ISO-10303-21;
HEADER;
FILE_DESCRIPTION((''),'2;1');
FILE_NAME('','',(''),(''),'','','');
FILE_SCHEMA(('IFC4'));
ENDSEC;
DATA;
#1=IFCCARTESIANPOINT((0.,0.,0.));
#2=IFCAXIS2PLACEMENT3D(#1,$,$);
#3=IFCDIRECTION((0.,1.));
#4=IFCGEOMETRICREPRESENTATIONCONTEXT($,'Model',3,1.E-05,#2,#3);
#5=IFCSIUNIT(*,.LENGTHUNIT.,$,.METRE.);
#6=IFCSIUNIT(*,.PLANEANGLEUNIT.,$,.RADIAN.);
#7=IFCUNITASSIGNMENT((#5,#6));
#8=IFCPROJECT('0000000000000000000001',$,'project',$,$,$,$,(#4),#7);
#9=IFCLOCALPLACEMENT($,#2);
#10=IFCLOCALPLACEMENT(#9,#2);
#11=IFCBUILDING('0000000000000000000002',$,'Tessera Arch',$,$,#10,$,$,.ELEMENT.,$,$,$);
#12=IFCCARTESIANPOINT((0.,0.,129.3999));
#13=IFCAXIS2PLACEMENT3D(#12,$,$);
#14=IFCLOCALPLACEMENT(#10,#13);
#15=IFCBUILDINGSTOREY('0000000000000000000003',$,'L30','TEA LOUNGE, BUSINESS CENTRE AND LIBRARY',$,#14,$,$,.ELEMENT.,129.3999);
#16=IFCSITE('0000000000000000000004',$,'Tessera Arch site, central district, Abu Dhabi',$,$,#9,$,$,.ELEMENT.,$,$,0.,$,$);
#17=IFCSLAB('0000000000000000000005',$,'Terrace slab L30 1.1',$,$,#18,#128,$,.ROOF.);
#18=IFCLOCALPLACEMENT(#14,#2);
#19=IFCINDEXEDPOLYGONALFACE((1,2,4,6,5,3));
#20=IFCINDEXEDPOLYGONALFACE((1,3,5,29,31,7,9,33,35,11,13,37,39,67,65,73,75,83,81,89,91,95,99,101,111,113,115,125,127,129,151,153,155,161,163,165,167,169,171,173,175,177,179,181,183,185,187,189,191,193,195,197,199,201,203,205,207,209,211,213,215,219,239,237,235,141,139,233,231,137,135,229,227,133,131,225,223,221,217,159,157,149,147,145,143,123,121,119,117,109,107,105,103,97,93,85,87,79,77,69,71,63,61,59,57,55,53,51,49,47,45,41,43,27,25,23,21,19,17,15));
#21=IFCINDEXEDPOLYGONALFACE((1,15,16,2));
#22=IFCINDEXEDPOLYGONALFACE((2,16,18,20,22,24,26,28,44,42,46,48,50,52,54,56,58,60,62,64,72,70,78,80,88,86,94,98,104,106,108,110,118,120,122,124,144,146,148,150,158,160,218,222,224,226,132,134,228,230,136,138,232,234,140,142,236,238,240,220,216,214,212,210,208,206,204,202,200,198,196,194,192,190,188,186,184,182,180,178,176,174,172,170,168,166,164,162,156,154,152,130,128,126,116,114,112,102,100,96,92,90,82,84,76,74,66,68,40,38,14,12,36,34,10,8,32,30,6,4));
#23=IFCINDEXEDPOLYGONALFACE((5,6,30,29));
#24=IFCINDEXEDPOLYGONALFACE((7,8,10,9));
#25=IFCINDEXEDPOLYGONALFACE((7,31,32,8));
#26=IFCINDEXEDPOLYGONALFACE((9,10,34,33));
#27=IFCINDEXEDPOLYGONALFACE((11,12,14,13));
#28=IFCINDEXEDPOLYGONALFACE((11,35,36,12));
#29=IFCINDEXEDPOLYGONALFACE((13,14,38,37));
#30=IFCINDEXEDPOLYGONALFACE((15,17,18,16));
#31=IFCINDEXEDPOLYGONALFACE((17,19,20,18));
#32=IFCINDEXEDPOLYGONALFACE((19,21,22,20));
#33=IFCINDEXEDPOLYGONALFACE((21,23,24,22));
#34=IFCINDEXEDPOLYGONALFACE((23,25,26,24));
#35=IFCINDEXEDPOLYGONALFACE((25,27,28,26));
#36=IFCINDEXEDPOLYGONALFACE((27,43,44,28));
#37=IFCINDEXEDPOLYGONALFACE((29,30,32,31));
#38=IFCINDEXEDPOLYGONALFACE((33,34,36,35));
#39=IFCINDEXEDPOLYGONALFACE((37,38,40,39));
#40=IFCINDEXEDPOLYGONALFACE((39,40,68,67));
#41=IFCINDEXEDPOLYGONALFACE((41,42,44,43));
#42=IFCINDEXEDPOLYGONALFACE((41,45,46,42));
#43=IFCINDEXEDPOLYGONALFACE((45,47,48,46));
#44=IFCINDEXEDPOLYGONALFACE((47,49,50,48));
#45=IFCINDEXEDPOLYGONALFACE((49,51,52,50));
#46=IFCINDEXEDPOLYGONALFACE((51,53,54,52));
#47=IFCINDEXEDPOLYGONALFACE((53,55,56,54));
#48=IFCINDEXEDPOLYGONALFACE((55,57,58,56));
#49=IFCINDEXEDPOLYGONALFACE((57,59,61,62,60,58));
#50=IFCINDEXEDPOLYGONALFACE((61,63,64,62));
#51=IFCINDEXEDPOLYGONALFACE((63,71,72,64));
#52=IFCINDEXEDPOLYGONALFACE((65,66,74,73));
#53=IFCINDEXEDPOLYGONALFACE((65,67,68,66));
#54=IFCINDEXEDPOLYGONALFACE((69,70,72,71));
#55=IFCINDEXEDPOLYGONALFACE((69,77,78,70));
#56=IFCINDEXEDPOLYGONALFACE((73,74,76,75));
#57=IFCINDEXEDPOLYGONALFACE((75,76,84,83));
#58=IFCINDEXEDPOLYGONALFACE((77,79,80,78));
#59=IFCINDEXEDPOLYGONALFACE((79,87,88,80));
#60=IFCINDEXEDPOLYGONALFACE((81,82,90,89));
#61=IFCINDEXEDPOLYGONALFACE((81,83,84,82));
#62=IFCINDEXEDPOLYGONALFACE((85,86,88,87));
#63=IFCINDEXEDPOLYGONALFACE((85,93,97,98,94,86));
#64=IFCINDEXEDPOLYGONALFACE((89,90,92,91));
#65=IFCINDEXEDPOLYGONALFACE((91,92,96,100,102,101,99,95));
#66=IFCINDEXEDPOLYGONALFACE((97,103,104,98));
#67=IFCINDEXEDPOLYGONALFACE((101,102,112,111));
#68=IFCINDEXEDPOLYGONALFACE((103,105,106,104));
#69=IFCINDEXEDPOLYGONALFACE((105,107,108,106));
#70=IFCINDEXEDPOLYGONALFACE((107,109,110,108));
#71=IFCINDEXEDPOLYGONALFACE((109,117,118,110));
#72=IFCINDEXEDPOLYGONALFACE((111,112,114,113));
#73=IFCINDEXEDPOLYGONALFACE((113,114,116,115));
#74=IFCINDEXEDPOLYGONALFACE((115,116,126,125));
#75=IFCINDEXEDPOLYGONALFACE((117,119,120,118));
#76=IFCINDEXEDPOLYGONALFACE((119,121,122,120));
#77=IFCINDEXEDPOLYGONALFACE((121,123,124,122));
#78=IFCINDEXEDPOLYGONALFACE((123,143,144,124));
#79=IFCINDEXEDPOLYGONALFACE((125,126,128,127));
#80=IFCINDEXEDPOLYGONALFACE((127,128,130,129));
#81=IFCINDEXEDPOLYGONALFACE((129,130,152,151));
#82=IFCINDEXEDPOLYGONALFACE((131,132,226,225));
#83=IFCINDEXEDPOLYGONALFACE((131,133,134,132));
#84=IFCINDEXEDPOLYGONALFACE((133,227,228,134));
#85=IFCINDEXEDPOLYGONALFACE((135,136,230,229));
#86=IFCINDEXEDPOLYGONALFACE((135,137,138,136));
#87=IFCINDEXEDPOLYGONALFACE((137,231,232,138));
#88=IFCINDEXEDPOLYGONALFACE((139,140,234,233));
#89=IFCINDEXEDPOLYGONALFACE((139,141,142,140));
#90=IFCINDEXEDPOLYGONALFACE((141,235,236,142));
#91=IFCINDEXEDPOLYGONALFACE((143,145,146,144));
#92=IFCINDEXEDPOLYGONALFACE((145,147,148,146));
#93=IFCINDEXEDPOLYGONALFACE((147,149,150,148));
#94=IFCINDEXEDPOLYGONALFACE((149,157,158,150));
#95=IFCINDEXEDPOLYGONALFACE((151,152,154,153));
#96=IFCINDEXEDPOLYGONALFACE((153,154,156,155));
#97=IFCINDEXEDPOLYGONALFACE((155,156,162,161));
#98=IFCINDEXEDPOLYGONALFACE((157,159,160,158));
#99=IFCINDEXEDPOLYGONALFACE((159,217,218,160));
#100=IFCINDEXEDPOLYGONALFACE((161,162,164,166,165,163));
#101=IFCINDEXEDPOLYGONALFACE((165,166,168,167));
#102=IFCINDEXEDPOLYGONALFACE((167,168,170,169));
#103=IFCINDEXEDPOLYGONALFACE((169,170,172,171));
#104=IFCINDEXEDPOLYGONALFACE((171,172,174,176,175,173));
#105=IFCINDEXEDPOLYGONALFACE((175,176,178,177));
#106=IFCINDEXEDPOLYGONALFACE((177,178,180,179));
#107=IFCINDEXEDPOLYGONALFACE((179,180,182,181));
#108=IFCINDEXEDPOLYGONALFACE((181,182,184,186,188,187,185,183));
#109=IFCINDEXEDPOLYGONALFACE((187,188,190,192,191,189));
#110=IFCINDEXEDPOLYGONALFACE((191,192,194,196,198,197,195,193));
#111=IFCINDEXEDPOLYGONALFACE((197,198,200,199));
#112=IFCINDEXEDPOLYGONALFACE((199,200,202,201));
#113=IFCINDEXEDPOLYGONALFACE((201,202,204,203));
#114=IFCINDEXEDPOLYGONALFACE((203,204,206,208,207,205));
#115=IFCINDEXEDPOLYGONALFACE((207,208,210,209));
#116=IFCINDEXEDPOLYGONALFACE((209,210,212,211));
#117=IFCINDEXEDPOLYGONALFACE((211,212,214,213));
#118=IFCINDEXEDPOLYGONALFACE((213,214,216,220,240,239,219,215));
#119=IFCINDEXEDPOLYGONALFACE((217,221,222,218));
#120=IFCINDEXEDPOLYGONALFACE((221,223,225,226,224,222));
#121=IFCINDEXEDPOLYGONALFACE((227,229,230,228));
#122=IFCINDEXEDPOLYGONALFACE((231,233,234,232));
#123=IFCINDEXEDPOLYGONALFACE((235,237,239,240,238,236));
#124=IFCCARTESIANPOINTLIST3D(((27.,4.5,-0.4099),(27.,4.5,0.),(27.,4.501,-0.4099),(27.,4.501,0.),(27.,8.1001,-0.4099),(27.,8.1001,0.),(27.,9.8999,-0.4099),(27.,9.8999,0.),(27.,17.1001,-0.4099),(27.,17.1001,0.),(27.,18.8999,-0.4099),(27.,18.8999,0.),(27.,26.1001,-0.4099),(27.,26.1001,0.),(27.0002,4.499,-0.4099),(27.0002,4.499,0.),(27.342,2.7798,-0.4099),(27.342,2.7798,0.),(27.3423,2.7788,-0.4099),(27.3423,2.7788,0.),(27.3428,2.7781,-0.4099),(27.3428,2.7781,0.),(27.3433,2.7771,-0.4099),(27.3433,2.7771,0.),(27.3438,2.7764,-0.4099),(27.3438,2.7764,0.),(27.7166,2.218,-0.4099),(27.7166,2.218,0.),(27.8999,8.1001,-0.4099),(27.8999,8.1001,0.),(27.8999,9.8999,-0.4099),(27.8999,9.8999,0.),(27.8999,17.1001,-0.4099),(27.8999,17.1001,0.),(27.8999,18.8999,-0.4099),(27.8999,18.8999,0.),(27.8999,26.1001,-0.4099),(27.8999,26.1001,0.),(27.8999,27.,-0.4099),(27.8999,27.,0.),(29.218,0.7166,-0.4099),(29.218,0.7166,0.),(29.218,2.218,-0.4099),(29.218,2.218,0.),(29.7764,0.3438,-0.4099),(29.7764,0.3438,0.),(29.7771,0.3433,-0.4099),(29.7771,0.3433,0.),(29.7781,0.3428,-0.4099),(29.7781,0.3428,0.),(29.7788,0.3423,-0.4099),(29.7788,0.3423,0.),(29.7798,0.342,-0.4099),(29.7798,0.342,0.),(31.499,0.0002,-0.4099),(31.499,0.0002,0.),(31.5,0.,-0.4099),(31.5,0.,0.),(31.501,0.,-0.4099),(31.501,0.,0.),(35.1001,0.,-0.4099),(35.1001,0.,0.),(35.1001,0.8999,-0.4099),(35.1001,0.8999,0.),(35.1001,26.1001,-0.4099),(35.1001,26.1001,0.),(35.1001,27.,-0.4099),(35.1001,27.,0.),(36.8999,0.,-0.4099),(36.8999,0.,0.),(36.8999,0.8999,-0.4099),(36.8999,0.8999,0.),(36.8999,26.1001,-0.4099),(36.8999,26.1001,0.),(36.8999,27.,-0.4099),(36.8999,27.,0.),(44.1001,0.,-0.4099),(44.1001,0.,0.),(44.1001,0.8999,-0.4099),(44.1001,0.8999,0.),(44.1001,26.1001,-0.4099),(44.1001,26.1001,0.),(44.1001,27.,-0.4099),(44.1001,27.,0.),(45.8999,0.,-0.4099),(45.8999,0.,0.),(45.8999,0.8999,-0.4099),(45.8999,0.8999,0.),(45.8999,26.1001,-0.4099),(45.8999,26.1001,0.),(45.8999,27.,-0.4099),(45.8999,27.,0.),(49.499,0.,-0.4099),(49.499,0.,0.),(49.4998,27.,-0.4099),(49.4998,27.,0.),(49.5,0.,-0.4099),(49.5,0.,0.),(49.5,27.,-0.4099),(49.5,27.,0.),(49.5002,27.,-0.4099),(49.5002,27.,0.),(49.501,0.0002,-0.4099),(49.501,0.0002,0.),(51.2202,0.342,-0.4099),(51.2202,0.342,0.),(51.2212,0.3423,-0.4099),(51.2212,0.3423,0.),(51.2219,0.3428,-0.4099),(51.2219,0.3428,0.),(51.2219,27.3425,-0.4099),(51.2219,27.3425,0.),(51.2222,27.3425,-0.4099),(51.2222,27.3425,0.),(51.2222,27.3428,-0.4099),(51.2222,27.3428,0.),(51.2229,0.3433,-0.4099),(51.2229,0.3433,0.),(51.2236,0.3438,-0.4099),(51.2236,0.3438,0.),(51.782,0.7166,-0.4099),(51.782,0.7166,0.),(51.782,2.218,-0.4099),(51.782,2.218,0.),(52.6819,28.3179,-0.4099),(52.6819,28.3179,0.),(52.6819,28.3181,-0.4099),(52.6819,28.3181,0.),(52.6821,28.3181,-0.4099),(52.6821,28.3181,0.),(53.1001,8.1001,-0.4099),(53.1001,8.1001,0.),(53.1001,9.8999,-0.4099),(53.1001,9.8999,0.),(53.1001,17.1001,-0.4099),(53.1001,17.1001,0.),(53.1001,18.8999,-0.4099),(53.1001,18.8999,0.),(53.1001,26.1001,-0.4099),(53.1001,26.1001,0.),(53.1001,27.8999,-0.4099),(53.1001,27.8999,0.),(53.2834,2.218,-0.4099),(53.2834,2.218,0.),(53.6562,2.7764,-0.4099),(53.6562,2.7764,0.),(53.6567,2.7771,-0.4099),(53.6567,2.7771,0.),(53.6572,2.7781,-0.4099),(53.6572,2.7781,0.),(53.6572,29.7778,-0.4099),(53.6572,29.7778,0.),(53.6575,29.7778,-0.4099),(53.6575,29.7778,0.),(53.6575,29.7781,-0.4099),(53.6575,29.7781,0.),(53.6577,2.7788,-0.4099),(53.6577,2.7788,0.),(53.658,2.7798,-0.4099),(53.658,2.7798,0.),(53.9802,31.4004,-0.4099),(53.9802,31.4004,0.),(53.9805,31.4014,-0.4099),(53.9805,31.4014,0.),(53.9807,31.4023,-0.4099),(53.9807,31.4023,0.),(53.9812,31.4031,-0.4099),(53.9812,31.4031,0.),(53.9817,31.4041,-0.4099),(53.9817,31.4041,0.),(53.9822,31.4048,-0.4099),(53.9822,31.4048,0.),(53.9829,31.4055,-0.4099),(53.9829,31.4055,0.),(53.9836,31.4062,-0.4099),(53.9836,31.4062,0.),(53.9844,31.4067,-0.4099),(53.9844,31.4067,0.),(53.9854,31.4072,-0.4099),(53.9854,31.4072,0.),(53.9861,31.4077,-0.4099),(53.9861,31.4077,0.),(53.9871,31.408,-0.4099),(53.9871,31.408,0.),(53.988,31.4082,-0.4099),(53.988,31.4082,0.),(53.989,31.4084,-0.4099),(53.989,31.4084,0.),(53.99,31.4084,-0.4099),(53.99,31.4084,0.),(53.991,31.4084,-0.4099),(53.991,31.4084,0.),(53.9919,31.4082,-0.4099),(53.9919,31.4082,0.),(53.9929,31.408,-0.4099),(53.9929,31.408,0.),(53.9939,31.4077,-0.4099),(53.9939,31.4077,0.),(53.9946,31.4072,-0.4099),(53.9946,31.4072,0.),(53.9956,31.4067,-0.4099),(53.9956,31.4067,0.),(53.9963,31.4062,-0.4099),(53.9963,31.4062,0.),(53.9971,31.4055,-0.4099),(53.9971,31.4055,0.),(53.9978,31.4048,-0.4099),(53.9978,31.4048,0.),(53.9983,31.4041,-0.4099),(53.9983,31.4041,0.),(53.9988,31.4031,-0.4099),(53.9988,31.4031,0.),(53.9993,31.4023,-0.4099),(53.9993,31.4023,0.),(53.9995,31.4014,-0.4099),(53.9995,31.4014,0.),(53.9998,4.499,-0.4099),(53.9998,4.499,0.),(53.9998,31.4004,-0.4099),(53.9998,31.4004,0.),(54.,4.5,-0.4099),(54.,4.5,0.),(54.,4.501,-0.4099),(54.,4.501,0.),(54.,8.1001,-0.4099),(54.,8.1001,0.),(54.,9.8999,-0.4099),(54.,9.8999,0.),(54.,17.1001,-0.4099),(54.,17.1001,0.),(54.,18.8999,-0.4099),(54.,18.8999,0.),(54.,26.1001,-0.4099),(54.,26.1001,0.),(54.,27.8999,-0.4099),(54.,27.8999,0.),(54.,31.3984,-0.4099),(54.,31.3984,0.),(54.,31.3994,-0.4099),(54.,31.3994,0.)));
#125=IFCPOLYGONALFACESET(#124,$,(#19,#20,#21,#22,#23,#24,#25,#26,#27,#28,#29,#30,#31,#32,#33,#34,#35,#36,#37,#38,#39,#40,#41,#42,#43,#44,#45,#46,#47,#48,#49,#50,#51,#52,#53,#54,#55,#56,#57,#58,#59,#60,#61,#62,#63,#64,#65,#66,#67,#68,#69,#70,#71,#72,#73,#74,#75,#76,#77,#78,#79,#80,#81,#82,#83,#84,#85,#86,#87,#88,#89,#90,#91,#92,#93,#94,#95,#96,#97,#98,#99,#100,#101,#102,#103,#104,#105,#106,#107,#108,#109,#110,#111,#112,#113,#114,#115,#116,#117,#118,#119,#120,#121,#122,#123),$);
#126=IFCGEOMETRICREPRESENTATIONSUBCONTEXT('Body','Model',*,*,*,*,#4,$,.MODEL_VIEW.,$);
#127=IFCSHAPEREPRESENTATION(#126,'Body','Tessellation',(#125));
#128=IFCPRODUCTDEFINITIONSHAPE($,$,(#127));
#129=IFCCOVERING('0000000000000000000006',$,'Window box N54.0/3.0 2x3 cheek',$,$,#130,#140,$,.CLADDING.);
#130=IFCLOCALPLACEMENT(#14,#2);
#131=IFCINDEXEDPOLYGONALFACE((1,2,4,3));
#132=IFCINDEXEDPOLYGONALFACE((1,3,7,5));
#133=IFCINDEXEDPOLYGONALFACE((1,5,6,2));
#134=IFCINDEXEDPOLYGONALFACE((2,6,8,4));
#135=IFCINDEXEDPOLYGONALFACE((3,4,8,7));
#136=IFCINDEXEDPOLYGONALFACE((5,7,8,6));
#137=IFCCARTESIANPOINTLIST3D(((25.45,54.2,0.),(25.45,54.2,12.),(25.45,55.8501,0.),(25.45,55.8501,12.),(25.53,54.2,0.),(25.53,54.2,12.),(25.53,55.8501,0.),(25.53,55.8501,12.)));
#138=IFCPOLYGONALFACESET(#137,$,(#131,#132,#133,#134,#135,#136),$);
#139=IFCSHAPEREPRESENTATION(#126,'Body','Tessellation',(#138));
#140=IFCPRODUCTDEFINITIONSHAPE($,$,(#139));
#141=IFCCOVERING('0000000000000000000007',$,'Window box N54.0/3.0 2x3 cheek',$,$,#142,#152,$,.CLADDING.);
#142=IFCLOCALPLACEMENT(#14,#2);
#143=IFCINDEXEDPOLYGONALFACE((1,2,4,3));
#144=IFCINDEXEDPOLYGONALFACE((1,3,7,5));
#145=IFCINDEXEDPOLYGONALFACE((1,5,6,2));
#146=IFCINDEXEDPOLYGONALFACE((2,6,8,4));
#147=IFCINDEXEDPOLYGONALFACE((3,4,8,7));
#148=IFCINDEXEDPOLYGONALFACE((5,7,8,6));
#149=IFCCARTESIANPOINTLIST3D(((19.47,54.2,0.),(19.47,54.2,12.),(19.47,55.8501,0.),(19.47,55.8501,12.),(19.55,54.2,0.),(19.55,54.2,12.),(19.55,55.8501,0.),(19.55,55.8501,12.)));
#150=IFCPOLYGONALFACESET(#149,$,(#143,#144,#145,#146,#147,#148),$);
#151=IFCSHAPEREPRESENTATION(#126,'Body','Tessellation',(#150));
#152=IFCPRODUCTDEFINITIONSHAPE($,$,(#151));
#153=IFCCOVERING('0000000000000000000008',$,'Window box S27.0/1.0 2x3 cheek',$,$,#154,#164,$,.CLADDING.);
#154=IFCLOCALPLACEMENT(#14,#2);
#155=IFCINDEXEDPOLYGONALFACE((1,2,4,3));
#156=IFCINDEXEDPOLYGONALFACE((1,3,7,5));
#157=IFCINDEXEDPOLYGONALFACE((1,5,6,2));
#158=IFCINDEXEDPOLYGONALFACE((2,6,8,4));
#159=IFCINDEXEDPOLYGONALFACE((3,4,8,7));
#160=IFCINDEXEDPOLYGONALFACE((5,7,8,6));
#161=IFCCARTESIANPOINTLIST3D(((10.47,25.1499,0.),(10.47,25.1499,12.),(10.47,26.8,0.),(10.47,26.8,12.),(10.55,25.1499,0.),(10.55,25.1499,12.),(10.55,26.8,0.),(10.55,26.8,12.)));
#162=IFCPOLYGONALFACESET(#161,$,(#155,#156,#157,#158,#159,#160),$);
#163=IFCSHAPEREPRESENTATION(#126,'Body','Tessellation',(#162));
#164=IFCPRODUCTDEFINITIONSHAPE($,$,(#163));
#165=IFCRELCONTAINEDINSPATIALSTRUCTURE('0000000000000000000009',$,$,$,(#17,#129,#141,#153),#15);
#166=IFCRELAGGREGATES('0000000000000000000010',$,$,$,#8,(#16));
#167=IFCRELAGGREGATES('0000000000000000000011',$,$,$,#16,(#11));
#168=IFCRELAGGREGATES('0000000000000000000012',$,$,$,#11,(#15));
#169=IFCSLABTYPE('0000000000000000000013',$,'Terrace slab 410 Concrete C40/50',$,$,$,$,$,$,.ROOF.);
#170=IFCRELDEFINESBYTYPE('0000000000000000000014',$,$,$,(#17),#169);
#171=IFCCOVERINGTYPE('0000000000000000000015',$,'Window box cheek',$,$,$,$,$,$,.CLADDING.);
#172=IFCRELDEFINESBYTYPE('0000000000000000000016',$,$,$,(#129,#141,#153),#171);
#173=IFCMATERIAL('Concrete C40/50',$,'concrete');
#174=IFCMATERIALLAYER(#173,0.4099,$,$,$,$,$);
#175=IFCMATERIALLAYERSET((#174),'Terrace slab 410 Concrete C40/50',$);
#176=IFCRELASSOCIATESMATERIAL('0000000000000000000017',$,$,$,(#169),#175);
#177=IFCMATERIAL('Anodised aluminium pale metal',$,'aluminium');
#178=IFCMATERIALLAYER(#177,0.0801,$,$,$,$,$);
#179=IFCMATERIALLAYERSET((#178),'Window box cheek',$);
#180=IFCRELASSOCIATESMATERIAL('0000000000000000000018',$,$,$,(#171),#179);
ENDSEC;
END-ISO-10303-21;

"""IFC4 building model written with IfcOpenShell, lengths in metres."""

from ifc_helpers import new_model, si_unit, direction, frame, origin, place, context, subcontext, project, spatial, polyline, outline, extrude, material, layer, layer_set, type_object, element, save


model = new_model("IFC4")

# Units and contexts
model_context = context("Model", 3, precision=1e-05, world=origin(), true_north=direction((0.0, 1.0)))
body_context = subcontext(model_context, "Body", "Model", "MODEL_VIEW")
ifc_project = project(units=[si_unit("LENGTHUNIT", "METRE"), si_unit("PLANEANGLEUNIT", "RADIAN")], contexts=[model_context])

# Site, building, storey
site_placement = place(None, origin())
site = spatial("IfcSite", under=ifc_project, at=site_placement, Name="Tessera Arch site, central district, Abu Dhabi", CompositionType="ELEMENT", RefElevation=0.0)
building_placement = place(site_placement, origin())
building = spatial("IfcBuilding", under=site, at=building_placement, Name="Tessera Arch", CompositionType="ELEMENT")
storey_placement = place(building_placement, frame((0.0, 0.0, 129.3999)))
storey = spatial("IfcBuildingStorey", under=building, at=storey_placement, Name="L30", Description="TEA LOUNGE, BUSINESS CENTRE AND LIBRARY", CompositionType="ELEMENT", Elevation=129.3999)

# Slab
ifc_material_1 = material(Name="Concrete C40/50", Category="concrete")
ifc_layer_1 = layer(ifc_material_1, 0.4099)
ifc_layer_set_1 = layer_set([ifc_layer_1], Name="Terrace slab 410 Concrete C40/50")
slab_type_1 = type_object("IfcSlabType", Name="Terrace slab 410 Concrete C40/50", PredefinedType="ROOF", material=ifc_layer_set_1)
slab_1_placement = place(storey_placement, frame((0.0, 0.0, -0.4099)))
element("IfcSlab", 1, at=slab_1_placement, inside=storey, type_object=slab_type_1, Name="Terrace slab L30 1.1", PredefinedType="ROOF", context=body_context, shape_type="SweptSolid", body=[
    extrude(outline(polyline([(51.2222, 27.3428), (52.6819, 28.3179), (52.6819, 28.3181), (52.6821, 28.3181), (53.6572, 29.7778), (53.6575, 29.7778), (53.6575, 29.7781), (53.9802, 31.4004), (53.9805, 31.4014), (53.9807, 31.4023), (53.9812, 31.4031), (53.9817, 31.4041), (53.9822, 31.4048), (53.9829, 31.4055), (53.9836, 31.4062), (53.9844, 31.4067), (53.9854, 31.4072), (53.9861, 31.4077), (53.9871, 31.408), (53.988, 31.4082), (53.989, 31.4084), (53.99, 31.4084), (53.991, 31.4084), (53.9919, 31.4082), (53.9929, 31.408), (53.9939, 31.4077), (53.9946, 31.4072), (53.9956, 31.4067), (53.9963, 31.4062), (53.9971, 31.4055), (53.9978, 31.4048), (53.9983, 31.4041), (53.9988, 31.4031), (53.9993, 31.4023), (53.9995, 31.4014), (53.9998, 31.4004), (54.0, 31.3994), (54.0, 31.3984), (54.0, 27.8999), (53.1001, 27.8999), (53.1001, 26.1001), (54.0, 26.1001), (54.0, 18.8999), (53.1001, 18.8999), (53.1001, 17.1001), (54.0, 17.1001), (54.0, 9.8999), (53.1001, 9.8999), (53.1001, 8.1001), (54.0, 8.1001), (54.0, 4.501), (54.0, 4.5), (53.9998, 4.499), (53.658, 2.7798), (53.6577, 2.7788), (53.6572, 2.7781), (53.6567, 2.7771), (53.6562, 2.7764), (53.2834, 2.218), (51.782, 2.218), (51.782, 0.7166), (51.2236, 0.3438), (51.2229, 0.3433), (51.2219, 0.3428), (51.2212, 0.3423), (51.2202, 0.342), (49.501, 0.0002), (49.5, 0.0), (49.499, 0.0), (45.8999, 0.0), (45.8999, 0.8999), (44.1001, 0.8999), (44.1001, 0.0), (36.8999, 0.0), (36.8999, 0.8999), (35.1001, 0.8999), (35.1001, 0.0), (31.501, 0.0), (31.5, 0.0), (31.499, 0.0002), (29.7798, 0.342), (29.7788, 0.3423), (29.7781, 0.3428), (29.7771, 0.3433), (29.7764, 0.3438), (29.218, 0.7166), (29.218, 2.218), (27.7166, 2.218), (27.3438, 2.7764), (27.3433, 2.7771), (27.3428, 2.7781), (27.3423, 2.7788), (27.342, 2.7798), (27.0002, 4.499), (27.0, 4.5), (27.0, 4.501), (27.0, 8.1001), (27.8999, 8.1001), (27.8999, 9.8999), (27.0, 9.8999), (27.0, 17.1001), (27.8999, 17.1001), (27.8999, 18.8999), (27.0, 18.8999), (27.0, 26.1001), (27.8999, 26.1001), (27.8999, 27.0), (35.1001, 27.0), (35.1001, 26.1001), (36.8999, 26.1001), (36.8999, 27.0), (44.1001, 27.0), (44.1001, 26.1001), (45.8999, 26.1001), (45.8999, 27.0), (49.4998, 27.0), (49.5, 27.0), (49.5002, 27.0), (51.2219, 27.3425), (51.2222, 27.3425), (51.2222, 27.3428)])), origin(), (0.0, 0.0, 1.0), 0.4099),
])

# Coverings
ifc_material_2 = material(Name="Anodised aluminium pale metal", Category="aluminium")
ifc_layer_2 = layer(ifc_material_2, 0.0801)
ifc_layer_set_2 = layer_set([ifc_layer_2], Name="Window box cheek")
covering_type_1 = type_object("IfcCoveringType", Name="Window box cheek", PredefinedType="CLADDING", material=ifc_layer_set_2)
covering_1_placement = place(storey_placement, origin())
element("IfcCovering", 2, at=covering_1_placement, inside=storey, type_object=covering_type_1, Name="Window box N54.0/3.0 2x3 cheek", PredefinedType="CLADDING", context=body_context, shape_type="SweptSolid", body=[
    extrude(outline(polyline([(25.53, 55.8501), (25.45, 55.8501), (25.45, 54.2), (25.53, 54.2), (25.53, 55.8501)])), origin(), (0.0, 0.0, 1.0), 12.0),
])
covering_2_placement = place(storey_placement, origin())
element("IfcCovering", 3, at=covering_2_placement, inside=storey, type_object=covering_type_1, Name="Window box N54.0/3.0 2x3 cheek", PredefinedType="CLADDING", context=body_context, shape_type="SweptSolid", body=[
    extrude(outline(polyline([(19.55, 55.8501), (19.47, 55.8501), (19.47, 54.2), (19.55, 54.2), (19.55, 55.8501)])), origin(), (0.0, 0.0, 1.0), 12.0),
])
covering_3_placement = place(storey_placement, origin())
element("IfcCovering", 4, at=covering_3_placement, inside=storey, type_object=covering_type_1, Name="Window box S27.0/1.0 2x3 cheek", PredefinedType="CLADDING", context=body_context, shape_type="SweptSolid", body=[
    extrude(outline(polyline([(10.47, 25.1499), (10.55, 25.1499), (10.55, 26.8), (10.47, 26.8), (10.47, 25.1499)])), origin(), (0.0, 0.0, 1.0), 12.0),
])

save(model, "model.ifc")
